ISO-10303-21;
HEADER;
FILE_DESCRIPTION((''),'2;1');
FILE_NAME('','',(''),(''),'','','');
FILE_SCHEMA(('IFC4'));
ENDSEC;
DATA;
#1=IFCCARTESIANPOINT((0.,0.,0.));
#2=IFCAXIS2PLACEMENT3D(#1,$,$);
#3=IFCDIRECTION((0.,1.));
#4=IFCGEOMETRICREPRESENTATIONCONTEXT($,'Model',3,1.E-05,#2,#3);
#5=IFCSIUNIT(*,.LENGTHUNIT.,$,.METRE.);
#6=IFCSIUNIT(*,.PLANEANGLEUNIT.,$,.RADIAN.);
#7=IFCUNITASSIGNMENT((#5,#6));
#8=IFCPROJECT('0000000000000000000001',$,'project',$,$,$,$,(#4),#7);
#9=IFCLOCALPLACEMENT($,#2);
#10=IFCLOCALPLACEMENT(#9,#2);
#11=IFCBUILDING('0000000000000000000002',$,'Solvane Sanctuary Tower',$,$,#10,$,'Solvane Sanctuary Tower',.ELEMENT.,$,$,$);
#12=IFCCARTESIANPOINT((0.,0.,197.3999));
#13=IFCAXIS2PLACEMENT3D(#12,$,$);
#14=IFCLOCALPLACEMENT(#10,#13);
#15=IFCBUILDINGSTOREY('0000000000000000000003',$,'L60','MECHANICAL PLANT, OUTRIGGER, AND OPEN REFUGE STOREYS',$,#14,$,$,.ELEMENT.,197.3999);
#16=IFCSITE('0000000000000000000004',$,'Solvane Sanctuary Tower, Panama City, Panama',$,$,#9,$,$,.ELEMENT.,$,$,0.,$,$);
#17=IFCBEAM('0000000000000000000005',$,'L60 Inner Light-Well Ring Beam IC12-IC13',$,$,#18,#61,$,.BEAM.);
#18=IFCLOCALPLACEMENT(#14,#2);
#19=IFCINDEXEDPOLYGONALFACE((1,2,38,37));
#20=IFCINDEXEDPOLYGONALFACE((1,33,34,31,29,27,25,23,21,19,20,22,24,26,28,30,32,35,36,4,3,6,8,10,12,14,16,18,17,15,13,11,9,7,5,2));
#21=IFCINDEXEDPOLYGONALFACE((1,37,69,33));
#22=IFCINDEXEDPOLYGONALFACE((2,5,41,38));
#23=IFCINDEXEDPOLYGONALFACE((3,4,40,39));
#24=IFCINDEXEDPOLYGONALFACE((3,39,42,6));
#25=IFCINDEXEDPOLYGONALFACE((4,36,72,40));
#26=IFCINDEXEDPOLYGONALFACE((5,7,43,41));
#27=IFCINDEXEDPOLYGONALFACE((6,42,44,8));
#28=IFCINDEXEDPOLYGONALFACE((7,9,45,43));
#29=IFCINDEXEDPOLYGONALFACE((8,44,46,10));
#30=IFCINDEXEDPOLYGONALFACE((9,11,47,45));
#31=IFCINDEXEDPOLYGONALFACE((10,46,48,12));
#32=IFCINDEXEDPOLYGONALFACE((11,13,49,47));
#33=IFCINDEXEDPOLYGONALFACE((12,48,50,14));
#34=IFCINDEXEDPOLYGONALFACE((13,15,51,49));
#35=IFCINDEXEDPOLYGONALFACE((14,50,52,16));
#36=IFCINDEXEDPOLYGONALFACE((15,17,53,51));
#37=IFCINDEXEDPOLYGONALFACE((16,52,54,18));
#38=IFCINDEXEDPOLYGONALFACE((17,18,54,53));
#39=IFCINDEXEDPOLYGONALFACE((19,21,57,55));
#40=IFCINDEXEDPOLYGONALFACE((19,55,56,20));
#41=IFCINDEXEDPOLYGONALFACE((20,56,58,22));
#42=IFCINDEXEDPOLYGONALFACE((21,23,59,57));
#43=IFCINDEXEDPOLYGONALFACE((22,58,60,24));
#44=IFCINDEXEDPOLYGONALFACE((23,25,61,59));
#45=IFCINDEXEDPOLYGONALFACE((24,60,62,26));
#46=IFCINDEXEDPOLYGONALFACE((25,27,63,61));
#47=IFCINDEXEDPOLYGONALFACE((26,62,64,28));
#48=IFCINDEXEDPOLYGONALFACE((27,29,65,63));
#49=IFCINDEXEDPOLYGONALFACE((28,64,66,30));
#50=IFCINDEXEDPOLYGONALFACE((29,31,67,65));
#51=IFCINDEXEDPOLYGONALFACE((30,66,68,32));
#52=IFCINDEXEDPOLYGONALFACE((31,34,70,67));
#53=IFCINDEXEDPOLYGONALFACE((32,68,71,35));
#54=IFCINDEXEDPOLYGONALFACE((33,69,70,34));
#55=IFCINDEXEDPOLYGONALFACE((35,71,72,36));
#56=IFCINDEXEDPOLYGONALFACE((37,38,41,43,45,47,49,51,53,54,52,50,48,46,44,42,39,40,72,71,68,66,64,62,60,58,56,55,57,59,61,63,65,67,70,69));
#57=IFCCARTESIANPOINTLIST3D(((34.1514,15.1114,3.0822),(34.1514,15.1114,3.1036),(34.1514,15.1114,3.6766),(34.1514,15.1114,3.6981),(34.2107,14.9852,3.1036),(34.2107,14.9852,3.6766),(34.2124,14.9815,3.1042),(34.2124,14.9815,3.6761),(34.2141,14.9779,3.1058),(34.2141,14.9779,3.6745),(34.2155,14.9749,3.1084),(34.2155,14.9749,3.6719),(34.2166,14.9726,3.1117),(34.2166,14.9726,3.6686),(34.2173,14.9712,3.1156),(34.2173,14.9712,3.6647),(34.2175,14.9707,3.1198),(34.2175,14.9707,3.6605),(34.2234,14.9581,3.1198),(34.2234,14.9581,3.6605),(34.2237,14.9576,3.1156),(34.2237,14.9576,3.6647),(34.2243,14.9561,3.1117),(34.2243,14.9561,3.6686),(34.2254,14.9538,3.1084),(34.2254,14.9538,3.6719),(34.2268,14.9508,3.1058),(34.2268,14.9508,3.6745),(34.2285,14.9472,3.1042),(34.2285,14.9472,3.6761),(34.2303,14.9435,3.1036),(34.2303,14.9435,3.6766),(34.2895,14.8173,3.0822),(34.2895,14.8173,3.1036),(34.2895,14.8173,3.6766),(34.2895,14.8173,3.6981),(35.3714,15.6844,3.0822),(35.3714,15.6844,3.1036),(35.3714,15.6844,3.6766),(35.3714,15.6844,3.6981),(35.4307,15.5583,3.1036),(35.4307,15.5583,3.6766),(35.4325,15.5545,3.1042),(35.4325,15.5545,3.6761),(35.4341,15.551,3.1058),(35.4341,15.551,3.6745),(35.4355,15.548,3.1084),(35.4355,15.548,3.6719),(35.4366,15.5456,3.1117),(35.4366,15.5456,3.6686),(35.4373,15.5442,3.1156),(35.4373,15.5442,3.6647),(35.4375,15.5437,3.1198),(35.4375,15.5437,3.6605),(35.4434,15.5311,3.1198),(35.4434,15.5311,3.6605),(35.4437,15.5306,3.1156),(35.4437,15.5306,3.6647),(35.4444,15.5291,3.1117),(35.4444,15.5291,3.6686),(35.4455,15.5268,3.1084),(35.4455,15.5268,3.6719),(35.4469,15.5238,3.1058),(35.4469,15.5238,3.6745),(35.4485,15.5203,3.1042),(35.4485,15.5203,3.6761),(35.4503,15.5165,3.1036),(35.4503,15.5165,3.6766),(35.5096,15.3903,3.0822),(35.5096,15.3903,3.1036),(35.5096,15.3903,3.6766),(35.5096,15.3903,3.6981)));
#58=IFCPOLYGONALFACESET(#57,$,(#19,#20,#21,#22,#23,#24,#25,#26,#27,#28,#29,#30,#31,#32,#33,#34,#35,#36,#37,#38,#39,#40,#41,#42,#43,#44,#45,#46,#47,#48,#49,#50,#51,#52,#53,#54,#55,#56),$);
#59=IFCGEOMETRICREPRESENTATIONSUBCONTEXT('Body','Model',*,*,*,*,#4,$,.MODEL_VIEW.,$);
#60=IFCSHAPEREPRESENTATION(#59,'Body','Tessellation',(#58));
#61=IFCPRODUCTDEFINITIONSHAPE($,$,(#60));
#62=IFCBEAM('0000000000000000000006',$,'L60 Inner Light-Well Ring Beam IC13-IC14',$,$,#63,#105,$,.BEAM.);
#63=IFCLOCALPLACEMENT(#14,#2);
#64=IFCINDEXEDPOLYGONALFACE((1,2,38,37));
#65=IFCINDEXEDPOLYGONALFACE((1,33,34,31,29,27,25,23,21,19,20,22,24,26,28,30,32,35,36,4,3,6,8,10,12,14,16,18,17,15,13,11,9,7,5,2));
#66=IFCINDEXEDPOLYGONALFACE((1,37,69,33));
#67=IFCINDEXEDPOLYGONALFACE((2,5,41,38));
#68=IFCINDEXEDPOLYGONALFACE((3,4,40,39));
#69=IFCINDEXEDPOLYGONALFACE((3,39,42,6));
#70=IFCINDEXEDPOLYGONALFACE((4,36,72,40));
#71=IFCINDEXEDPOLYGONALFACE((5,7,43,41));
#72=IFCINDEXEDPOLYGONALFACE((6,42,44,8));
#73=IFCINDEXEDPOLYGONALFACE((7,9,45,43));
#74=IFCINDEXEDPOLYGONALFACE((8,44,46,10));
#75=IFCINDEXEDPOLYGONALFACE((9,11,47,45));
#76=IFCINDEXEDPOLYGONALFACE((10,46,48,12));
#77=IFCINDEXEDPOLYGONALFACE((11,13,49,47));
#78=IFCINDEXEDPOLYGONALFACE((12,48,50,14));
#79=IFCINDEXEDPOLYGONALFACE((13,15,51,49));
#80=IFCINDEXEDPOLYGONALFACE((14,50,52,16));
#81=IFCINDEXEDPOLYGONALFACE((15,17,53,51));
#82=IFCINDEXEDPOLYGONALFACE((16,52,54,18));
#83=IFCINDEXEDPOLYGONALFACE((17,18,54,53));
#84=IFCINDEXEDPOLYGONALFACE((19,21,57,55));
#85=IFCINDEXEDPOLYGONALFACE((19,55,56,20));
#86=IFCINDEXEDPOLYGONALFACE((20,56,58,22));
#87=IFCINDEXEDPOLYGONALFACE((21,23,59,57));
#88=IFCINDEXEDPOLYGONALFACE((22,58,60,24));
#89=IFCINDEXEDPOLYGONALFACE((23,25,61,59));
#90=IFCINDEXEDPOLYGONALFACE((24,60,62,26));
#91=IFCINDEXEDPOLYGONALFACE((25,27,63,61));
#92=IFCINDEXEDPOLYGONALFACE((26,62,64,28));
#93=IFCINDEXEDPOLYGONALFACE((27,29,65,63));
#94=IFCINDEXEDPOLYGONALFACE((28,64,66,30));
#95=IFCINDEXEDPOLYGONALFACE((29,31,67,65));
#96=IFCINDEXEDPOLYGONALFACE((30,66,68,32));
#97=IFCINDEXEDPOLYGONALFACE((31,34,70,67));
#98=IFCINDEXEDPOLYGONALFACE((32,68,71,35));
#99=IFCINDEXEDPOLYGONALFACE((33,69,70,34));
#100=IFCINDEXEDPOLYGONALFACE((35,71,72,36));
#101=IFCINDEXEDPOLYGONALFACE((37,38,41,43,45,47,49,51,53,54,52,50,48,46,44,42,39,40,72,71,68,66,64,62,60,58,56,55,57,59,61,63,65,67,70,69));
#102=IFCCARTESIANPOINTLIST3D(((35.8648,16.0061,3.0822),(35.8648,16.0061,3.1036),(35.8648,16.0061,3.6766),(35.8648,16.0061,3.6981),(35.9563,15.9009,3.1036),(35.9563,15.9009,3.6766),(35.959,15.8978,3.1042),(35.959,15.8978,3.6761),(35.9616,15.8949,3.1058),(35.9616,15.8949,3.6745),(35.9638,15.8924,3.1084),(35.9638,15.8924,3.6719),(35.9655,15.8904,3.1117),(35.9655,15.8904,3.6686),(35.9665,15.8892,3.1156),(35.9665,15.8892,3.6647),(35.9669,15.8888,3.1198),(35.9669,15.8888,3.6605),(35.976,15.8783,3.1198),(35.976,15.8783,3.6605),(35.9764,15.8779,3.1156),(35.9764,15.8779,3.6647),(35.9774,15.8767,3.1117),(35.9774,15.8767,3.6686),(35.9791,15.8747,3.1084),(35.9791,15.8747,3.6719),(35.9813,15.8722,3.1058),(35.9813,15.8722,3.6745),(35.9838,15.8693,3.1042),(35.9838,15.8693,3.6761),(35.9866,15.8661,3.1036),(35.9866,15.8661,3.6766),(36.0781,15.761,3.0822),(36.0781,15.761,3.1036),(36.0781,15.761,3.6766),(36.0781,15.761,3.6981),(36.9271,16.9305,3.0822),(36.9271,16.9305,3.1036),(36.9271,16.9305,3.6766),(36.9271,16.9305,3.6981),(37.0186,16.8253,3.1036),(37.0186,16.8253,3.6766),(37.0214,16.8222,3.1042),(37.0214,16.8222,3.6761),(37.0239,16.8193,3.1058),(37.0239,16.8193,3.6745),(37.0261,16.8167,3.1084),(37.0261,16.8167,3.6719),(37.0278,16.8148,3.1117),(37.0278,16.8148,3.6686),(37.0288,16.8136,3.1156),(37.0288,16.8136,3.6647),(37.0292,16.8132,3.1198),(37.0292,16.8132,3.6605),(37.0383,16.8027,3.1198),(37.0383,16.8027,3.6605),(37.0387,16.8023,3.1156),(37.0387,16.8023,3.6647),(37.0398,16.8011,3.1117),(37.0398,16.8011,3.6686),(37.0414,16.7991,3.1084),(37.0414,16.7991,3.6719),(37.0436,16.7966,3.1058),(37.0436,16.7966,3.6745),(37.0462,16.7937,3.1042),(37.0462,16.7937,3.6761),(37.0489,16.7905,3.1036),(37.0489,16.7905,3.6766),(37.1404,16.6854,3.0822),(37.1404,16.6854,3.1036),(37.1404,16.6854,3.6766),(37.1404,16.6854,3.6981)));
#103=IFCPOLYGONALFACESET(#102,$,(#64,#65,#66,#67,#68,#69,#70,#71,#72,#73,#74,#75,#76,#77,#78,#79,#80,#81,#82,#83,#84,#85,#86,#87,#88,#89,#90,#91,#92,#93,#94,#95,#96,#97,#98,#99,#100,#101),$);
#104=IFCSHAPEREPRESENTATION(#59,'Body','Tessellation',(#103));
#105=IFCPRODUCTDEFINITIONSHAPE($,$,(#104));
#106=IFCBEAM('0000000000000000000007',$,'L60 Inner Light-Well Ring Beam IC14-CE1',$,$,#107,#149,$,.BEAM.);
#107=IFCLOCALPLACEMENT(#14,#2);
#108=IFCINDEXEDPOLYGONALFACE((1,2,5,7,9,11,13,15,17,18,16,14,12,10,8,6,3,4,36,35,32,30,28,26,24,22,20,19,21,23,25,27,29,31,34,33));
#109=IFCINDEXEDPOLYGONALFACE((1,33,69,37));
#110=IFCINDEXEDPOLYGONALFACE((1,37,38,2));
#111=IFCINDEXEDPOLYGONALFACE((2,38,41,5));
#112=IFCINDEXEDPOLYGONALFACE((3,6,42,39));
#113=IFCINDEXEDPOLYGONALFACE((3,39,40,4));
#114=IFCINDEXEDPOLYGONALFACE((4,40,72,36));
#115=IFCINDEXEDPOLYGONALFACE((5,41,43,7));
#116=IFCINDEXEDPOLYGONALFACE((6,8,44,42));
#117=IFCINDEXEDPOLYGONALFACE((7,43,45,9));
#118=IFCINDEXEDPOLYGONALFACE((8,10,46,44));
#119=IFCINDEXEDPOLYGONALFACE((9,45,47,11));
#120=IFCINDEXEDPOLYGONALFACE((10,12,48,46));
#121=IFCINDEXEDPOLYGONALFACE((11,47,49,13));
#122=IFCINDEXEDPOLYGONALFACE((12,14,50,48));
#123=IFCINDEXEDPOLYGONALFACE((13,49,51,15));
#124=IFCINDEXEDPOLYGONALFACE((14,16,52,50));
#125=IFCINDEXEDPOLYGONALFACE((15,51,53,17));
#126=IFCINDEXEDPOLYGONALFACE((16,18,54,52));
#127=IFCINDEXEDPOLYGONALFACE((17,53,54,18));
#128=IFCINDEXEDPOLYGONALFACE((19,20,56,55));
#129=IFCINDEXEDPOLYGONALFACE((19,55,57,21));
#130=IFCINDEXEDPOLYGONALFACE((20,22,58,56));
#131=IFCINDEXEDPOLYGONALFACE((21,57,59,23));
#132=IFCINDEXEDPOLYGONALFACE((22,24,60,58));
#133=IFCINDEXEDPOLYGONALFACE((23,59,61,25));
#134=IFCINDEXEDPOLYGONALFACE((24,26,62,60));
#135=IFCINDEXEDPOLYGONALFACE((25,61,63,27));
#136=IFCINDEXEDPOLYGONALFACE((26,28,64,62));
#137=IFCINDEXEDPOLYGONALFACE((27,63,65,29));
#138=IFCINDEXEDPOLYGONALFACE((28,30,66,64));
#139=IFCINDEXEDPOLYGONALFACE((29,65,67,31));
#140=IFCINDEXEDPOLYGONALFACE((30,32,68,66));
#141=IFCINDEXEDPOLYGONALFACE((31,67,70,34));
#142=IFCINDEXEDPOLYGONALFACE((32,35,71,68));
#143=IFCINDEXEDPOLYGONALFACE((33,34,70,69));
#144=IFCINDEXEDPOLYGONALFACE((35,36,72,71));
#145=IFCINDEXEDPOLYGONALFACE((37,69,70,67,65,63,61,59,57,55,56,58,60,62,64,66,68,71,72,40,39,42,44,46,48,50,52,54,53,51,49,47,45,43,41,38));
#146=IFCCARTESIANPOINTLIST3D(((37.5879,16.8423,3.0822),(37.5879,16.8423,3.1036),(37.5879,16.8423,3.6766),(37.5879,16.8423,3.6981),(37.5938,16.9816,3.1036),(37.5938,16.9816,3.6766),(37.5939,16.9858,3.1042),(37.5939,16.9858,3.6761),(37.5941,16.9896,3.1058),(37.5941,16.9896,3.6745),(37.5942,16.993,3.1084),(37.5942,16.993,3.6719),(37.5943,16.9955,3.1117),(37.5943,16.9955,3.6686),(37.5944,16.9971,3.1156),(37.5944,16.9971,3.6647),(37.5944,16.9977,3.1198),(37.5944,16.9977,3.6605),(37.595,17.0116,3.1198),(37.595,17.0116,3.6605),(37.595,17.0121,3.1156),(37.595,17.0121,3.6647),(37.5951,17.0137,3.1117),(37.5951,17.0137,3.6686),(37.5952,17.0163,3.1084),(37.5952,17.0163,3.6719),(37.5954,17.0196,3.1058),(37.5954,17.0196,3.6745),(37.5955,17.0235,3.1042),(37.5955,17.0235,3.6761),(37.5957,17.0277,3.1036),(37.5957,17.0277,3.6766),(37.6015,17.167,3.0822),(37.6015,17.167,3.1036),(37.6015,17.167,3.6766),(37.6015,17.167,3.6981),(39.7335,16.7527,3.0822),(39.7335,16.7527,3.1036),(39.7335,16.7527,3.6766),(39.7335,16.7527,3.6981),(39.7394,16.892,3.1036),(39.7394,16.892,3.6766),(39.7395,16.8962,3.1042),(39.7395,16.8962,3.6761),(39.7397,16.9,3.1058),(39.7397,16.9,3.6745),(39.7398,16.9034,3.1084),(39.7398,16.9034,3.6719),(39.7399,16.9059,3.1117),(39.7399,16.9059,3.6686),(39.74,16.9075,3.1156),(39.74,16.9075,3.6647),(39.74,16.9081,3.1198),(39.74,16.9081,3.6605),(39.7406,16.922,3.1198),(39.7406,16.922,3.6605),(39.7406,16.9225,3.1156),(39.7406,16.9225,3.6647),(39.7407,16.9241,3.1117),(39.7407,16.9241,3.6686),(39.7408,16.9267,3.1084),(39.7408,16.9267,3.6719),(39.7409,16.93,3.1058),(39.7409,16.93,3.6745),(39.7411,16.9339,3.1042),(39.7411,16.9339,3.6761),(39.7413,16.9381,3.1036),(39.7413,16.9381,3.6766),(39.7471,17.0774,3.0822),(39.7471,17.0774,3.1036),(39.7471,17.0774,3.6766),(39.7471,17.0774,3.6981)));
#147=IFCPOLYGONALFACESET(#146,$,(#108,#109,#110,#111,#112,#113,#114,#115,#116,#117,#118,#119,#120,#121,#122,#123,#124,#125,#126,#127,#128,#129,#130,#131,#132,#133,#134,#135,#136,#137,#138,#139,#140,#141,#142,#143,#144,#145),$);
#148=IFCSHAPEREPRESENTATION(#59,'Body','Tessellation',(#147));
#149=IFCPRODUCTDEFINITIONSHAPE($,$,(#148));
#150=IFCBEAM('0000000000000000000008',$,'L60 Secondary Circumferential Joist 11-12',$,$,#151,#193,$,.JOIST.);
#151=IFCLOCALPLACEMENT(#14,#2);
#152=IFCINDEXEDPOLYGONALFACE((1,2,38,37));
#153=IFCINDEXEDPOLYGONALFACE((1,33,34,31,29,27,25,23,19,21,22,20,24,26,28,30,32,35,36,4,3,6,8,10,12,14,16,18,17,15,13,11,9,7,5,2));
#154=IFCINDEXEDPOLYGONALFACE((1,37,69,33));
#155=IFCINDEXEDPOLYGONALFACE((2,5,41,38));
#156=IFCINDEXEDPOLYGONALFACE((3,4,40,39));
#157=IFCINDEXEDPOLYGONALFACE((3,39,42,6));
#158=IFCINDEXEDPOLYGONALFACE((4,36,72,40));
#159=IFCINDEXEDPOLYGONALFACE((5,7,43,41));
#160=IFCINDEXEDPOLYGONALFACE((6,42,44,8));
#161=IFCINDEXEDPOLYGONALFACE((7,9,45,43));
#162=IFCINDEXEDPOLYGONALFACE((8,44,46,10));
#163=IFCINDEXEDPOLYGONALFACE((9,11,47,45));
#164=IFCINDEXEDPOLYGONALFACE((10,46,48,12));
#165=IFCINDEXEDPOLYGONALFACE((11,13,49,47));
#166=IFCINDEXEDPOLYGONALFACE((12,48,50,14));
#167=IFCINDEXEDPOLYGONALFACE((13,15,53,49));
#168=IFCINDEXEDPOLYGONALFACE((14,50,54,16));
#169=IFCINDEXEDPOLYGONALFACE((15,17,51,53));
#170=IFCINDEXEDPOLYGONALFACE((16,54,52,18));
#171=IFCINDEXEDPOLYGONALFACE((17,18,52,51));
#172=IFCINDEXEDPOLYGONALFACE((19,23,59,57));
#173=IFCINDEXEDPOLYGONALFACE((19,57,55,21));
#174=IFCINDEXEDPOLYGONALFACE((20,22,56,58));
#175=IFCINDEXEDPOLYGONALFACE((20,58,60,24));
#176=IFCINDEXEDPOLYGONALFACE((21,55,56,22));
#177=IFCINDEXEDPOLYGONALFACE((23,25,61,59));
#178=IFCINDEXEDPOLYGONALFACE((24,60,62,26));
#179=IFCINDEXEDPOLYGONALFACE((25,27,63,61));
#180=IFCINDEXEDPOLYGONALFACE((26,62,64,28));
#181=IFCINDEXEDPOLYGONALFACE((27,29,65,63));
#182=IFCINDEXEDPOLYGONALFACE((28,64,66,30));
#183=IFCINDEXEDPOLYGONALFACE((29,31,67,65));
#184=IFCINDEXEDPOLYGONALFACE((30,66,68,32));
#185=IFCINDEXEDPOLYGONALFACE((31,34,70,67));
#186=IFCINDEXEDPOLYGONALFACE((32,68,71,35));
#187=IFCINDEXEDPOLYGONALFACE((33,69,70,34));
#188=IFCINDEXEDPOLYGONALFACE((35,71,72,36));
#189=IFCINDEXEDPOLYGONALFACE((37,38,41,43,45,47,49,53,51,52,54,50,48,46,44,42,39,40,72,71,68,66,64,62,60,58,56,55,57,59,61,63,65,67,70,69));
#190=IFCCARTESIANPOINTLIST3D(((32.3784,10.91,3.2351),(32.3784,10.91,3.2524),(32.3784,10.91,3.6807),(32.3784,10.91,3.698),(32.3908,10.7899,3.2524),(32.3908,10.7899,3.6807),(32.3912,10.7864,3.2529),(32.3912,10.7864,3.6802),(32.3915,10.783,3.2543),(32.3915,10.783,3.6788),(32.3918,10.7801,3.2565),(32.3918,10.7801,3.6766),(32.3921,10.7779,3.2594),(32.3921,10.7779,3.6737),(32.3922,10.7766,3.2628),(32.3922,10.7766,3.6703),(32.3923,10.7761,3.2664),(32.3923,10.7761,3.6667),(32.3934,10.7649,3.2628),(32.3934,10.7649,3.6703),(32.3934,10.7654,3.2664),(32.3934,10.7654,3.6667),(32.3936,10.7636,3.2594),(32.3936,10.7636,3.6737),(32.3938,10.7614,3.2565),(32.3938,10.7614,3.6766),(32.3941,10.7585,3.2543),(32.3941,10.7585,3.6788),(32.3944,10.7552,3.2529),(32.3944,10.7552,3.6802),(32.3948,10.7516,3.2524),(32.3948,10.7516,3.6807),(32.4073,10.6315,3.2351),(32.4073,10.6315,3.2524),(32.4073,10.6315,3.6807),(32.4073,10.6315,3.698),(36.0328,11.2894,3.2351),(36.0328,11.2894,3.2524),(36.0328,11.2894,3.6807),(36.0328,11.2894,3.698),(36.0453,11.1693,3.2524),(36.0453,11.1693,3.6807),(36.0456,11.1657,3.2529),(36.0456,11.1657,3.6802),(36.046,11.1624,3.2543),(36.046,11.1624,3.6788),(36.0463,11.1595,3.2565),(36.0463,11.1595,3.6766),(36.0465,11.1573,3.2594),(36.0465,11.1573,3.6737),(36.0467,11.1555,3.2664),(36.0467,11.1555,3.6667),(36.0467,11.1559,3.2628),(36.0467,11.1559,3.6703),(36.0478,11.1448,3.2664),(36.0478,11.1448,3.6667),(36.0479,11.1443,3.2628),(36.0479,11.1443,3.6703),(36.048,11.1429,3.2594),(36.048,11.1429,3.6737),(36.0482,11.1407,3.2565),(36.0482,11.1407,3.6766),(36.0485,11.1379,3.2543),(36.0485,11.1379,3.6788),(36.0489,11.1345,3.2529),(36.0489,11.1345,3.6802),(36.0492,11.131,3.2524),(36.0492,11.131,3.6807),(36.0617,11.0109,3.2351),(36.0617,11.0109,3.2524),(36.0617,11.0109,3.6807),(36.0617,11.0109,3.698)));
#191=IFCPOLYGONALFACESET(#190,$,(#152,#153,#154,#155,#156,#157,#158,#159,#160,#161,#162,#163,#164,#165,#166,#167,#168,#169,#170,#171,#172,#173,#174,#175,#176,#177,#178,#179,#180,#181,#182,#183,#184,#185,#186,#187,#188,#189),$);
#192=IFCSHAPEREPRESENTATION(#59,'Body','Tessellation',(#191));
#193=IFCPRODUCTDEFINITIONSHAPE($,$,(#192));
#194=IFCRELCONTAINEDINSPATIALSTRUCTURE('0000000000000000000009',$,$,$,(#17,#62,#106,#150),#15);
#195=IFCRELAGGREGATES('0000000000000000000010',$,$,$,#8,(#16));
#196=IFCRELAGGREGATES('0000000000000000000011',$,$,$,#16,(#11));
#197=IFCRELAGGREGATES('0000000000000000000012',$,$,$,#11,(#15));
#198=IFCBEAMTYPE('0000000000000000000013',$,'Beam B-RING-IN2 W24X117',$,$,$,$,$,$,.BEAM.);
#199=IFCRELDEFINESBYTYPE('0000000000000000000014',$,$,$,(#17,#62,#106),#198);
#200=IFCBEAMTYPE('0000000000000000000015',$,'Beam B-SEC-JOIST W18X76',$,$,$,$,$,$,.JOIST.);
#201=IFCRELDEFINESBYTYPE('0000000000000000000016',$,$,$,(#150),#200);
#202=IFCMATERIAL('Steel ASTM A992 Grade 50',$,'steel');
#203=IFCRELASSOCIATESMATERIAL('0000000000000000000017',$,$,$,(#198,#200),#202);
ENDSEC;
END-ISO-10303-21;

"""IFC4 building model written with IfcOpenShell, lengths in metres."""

from ifc_helpers import new_model, si_unit, direction, frame, origin, origin_2d, place, context, subcontext, project, spatial, i_section, extrude, material, material_profile, profile_set, type_object, element, save


model = new_model("IFC4")

# Units and contexts
model_context = context("Model", 3, precision=1e-05, world=origin(), true_north=direction((0.0, 1.0)))
body_context = subcontext(model_context, "Body", "Model", "MODEL_VIEW")
ifc_project = project(units=[si_unit("LENGTHUNIT", "METRE"), si_unit("PLANEANGLEUNIT", "RADIAN")], contexts=[model_context])

# Site, building, storey
site_placement = place(None, origin())
site = spatial("IfcSite", under=ifc_project, at=site_placement, Name="Solvane Sanctuary Tower, Panama City, Panama", CompositionType="ELEMENT", RefElevation=0.0)
building_placement = place(site_placement, origin())
building = spatial("IfcBuilding", under=site, at=building_placement, Name="Solvane Sanctuary Tower", LongName="Solvane Sanctuary Tower", CompositionType="ELEMENT")
storey_placement = place(building_placement, frame((0.0, 0.0, 197.3999)))
storey = spatial("IfcBuildingStorey", under=building, at=storey_placement, Name="L60", Description="MECHANICAL PLANT, OUTRIGGER, AND OPEN REFUGE STOREYS", CompositionType="ELEMENT", Elevation=197.3999)

# Beams
ifc_material_1 = material(Name="Steel ASTM A992 Grade 50", Category="steel")
ifc_material_profile_1 = material_profile(ifc_material_1, i_section(OverallWidth=0.325, OverallDepth=0.616, WebThickness=0.0139, FlangeThickness=0.0215, FilletRadius=0.0161, at=origin_2d()), Name="W24X117")
ifc_profile_set_1 = profile_set([ifc_material_profile_1], Name="Steel ASTM A992 Grade 50")
beam_type_1 = type_object("IfcBeamType", Name="Beam B-RING-IN2 W24X117", PredefinedType="BEAM", material=ifc_profile_set_1)
beam_1_placement = place(storey_placement, frame((34.2205, 14.9644, 3.3901), z_axis=(0.905135, 0.425125, 0.0), x_axis=(-0.425125, 0.905135, 0.0)))
element("IfcBeam", 1, at=beam_1_placement, inside=storey, type_object=beam_type_1, Name="L60 Inner Light-Well Ring Beam IC12-IC13", PredefinedType="BEAM", context=body_context, shape_type="SweptSolid", body=[
    extrude(i_section(OverallWidth=0.325, OverallDepth=0.616, WebThickness=0.0139, FlangeThickness=0.0215, FilletRadius=0.0161, at=origin_2d()), origin(), (0.0, 0.0, 1.0), 1.3479),
])
beam_2_placement = place(storey_placement, frame((35.9714, 15.8835, 3.3901), z_axis=(0.754389, 0.656428, 0.0), x_axis=(-0.656428, 0.754389, 0.0)))
element("IfcBeam", 2, at=beam_2_placement, inside=storey, type_object=beam_type_1, Name="L60 Inner Light-Well Ring Beam IC13-IC14", PredefinedType="BEAM", context=body_context, shape_type="SweptSolid", body=[
    extrude(i_section(OverallWidth=0.325, OverallDepth=0.616, WebThickness=0.0139, FlangeThickness=0.0215, FilletRadius=0.0161, at=origin_2d()), origin(), (0.0, 0.0, 1.0), 1.4082),
])
beam_3_placement = place(storey_placement, frame((37.5947, 17.0046, 3.3901), z_axis=(0.999129, -0.041725, 0.0), x_axis=(0.041725, 0.999129, 0.0)))
element("IfcBeam", 3, at=beam_3_placement, inside=storey, type_object=beam_type_1, Name="L60 Inner Light-Well Ring Beam IC14-CE1", PredefinedType="BEAM", context=body_context, shape_type="SweptSolid", body=[
    extrude(i_section(OverallWidth=0.325, OverallDepth=0.616, WebThickness=0.0139, FlangeThickness=0.0215, FilletRadius=0.0161, at=origin_2d()), origin(), (0.0, 0.0, 1.0), 2.1475),
])
ifc_material_profile_2 = material_profile(ifc_material_1, i_section(OverallWidth=0.28, OverallDepth=0.4629, WebThickness=0.0107, FlangeThickness=0.0173, FilletRadius=0.0139, at=origin_2d()), Name="W18X76")
ifc_profile_set_2 = profile_set([ifc_material_profile_2], Name="Steel ASTM A992 Grade 50")
beam_type_2 = type_object("IfcBeamType", Name="Beam B-SEC-JOIST W18X76", PredefinedType="JOIST", material=ifc_profile_set_2)
beam_4_placement = place(storey_placement, frame((32.3928, 10.7708, 3.4666), z_axis=(0.994654, 0.10326, 0.0), x_axis=(-0.10326, 0.994654, 0.0)))
element("IfcBeam", 4, at=beam_4_placement, inside=storey, type_object=beam_type_2, Name="L60 Secondary Circumferential Joist 11-12", PredefinedType="JOIST", context=body_context, shape_type="SweptSolid", body=[
    extrude(i_section(OverallWidth=0.28, OverallDepth=0.4629, WebThickness=0.0107, FlangeThickness=0.0173, FilletRadius=0.0139, at=origin_2d()), origin(), (0.0, 0.0, 1.0), 3.6741),
])

save(model, "model.ifc")
